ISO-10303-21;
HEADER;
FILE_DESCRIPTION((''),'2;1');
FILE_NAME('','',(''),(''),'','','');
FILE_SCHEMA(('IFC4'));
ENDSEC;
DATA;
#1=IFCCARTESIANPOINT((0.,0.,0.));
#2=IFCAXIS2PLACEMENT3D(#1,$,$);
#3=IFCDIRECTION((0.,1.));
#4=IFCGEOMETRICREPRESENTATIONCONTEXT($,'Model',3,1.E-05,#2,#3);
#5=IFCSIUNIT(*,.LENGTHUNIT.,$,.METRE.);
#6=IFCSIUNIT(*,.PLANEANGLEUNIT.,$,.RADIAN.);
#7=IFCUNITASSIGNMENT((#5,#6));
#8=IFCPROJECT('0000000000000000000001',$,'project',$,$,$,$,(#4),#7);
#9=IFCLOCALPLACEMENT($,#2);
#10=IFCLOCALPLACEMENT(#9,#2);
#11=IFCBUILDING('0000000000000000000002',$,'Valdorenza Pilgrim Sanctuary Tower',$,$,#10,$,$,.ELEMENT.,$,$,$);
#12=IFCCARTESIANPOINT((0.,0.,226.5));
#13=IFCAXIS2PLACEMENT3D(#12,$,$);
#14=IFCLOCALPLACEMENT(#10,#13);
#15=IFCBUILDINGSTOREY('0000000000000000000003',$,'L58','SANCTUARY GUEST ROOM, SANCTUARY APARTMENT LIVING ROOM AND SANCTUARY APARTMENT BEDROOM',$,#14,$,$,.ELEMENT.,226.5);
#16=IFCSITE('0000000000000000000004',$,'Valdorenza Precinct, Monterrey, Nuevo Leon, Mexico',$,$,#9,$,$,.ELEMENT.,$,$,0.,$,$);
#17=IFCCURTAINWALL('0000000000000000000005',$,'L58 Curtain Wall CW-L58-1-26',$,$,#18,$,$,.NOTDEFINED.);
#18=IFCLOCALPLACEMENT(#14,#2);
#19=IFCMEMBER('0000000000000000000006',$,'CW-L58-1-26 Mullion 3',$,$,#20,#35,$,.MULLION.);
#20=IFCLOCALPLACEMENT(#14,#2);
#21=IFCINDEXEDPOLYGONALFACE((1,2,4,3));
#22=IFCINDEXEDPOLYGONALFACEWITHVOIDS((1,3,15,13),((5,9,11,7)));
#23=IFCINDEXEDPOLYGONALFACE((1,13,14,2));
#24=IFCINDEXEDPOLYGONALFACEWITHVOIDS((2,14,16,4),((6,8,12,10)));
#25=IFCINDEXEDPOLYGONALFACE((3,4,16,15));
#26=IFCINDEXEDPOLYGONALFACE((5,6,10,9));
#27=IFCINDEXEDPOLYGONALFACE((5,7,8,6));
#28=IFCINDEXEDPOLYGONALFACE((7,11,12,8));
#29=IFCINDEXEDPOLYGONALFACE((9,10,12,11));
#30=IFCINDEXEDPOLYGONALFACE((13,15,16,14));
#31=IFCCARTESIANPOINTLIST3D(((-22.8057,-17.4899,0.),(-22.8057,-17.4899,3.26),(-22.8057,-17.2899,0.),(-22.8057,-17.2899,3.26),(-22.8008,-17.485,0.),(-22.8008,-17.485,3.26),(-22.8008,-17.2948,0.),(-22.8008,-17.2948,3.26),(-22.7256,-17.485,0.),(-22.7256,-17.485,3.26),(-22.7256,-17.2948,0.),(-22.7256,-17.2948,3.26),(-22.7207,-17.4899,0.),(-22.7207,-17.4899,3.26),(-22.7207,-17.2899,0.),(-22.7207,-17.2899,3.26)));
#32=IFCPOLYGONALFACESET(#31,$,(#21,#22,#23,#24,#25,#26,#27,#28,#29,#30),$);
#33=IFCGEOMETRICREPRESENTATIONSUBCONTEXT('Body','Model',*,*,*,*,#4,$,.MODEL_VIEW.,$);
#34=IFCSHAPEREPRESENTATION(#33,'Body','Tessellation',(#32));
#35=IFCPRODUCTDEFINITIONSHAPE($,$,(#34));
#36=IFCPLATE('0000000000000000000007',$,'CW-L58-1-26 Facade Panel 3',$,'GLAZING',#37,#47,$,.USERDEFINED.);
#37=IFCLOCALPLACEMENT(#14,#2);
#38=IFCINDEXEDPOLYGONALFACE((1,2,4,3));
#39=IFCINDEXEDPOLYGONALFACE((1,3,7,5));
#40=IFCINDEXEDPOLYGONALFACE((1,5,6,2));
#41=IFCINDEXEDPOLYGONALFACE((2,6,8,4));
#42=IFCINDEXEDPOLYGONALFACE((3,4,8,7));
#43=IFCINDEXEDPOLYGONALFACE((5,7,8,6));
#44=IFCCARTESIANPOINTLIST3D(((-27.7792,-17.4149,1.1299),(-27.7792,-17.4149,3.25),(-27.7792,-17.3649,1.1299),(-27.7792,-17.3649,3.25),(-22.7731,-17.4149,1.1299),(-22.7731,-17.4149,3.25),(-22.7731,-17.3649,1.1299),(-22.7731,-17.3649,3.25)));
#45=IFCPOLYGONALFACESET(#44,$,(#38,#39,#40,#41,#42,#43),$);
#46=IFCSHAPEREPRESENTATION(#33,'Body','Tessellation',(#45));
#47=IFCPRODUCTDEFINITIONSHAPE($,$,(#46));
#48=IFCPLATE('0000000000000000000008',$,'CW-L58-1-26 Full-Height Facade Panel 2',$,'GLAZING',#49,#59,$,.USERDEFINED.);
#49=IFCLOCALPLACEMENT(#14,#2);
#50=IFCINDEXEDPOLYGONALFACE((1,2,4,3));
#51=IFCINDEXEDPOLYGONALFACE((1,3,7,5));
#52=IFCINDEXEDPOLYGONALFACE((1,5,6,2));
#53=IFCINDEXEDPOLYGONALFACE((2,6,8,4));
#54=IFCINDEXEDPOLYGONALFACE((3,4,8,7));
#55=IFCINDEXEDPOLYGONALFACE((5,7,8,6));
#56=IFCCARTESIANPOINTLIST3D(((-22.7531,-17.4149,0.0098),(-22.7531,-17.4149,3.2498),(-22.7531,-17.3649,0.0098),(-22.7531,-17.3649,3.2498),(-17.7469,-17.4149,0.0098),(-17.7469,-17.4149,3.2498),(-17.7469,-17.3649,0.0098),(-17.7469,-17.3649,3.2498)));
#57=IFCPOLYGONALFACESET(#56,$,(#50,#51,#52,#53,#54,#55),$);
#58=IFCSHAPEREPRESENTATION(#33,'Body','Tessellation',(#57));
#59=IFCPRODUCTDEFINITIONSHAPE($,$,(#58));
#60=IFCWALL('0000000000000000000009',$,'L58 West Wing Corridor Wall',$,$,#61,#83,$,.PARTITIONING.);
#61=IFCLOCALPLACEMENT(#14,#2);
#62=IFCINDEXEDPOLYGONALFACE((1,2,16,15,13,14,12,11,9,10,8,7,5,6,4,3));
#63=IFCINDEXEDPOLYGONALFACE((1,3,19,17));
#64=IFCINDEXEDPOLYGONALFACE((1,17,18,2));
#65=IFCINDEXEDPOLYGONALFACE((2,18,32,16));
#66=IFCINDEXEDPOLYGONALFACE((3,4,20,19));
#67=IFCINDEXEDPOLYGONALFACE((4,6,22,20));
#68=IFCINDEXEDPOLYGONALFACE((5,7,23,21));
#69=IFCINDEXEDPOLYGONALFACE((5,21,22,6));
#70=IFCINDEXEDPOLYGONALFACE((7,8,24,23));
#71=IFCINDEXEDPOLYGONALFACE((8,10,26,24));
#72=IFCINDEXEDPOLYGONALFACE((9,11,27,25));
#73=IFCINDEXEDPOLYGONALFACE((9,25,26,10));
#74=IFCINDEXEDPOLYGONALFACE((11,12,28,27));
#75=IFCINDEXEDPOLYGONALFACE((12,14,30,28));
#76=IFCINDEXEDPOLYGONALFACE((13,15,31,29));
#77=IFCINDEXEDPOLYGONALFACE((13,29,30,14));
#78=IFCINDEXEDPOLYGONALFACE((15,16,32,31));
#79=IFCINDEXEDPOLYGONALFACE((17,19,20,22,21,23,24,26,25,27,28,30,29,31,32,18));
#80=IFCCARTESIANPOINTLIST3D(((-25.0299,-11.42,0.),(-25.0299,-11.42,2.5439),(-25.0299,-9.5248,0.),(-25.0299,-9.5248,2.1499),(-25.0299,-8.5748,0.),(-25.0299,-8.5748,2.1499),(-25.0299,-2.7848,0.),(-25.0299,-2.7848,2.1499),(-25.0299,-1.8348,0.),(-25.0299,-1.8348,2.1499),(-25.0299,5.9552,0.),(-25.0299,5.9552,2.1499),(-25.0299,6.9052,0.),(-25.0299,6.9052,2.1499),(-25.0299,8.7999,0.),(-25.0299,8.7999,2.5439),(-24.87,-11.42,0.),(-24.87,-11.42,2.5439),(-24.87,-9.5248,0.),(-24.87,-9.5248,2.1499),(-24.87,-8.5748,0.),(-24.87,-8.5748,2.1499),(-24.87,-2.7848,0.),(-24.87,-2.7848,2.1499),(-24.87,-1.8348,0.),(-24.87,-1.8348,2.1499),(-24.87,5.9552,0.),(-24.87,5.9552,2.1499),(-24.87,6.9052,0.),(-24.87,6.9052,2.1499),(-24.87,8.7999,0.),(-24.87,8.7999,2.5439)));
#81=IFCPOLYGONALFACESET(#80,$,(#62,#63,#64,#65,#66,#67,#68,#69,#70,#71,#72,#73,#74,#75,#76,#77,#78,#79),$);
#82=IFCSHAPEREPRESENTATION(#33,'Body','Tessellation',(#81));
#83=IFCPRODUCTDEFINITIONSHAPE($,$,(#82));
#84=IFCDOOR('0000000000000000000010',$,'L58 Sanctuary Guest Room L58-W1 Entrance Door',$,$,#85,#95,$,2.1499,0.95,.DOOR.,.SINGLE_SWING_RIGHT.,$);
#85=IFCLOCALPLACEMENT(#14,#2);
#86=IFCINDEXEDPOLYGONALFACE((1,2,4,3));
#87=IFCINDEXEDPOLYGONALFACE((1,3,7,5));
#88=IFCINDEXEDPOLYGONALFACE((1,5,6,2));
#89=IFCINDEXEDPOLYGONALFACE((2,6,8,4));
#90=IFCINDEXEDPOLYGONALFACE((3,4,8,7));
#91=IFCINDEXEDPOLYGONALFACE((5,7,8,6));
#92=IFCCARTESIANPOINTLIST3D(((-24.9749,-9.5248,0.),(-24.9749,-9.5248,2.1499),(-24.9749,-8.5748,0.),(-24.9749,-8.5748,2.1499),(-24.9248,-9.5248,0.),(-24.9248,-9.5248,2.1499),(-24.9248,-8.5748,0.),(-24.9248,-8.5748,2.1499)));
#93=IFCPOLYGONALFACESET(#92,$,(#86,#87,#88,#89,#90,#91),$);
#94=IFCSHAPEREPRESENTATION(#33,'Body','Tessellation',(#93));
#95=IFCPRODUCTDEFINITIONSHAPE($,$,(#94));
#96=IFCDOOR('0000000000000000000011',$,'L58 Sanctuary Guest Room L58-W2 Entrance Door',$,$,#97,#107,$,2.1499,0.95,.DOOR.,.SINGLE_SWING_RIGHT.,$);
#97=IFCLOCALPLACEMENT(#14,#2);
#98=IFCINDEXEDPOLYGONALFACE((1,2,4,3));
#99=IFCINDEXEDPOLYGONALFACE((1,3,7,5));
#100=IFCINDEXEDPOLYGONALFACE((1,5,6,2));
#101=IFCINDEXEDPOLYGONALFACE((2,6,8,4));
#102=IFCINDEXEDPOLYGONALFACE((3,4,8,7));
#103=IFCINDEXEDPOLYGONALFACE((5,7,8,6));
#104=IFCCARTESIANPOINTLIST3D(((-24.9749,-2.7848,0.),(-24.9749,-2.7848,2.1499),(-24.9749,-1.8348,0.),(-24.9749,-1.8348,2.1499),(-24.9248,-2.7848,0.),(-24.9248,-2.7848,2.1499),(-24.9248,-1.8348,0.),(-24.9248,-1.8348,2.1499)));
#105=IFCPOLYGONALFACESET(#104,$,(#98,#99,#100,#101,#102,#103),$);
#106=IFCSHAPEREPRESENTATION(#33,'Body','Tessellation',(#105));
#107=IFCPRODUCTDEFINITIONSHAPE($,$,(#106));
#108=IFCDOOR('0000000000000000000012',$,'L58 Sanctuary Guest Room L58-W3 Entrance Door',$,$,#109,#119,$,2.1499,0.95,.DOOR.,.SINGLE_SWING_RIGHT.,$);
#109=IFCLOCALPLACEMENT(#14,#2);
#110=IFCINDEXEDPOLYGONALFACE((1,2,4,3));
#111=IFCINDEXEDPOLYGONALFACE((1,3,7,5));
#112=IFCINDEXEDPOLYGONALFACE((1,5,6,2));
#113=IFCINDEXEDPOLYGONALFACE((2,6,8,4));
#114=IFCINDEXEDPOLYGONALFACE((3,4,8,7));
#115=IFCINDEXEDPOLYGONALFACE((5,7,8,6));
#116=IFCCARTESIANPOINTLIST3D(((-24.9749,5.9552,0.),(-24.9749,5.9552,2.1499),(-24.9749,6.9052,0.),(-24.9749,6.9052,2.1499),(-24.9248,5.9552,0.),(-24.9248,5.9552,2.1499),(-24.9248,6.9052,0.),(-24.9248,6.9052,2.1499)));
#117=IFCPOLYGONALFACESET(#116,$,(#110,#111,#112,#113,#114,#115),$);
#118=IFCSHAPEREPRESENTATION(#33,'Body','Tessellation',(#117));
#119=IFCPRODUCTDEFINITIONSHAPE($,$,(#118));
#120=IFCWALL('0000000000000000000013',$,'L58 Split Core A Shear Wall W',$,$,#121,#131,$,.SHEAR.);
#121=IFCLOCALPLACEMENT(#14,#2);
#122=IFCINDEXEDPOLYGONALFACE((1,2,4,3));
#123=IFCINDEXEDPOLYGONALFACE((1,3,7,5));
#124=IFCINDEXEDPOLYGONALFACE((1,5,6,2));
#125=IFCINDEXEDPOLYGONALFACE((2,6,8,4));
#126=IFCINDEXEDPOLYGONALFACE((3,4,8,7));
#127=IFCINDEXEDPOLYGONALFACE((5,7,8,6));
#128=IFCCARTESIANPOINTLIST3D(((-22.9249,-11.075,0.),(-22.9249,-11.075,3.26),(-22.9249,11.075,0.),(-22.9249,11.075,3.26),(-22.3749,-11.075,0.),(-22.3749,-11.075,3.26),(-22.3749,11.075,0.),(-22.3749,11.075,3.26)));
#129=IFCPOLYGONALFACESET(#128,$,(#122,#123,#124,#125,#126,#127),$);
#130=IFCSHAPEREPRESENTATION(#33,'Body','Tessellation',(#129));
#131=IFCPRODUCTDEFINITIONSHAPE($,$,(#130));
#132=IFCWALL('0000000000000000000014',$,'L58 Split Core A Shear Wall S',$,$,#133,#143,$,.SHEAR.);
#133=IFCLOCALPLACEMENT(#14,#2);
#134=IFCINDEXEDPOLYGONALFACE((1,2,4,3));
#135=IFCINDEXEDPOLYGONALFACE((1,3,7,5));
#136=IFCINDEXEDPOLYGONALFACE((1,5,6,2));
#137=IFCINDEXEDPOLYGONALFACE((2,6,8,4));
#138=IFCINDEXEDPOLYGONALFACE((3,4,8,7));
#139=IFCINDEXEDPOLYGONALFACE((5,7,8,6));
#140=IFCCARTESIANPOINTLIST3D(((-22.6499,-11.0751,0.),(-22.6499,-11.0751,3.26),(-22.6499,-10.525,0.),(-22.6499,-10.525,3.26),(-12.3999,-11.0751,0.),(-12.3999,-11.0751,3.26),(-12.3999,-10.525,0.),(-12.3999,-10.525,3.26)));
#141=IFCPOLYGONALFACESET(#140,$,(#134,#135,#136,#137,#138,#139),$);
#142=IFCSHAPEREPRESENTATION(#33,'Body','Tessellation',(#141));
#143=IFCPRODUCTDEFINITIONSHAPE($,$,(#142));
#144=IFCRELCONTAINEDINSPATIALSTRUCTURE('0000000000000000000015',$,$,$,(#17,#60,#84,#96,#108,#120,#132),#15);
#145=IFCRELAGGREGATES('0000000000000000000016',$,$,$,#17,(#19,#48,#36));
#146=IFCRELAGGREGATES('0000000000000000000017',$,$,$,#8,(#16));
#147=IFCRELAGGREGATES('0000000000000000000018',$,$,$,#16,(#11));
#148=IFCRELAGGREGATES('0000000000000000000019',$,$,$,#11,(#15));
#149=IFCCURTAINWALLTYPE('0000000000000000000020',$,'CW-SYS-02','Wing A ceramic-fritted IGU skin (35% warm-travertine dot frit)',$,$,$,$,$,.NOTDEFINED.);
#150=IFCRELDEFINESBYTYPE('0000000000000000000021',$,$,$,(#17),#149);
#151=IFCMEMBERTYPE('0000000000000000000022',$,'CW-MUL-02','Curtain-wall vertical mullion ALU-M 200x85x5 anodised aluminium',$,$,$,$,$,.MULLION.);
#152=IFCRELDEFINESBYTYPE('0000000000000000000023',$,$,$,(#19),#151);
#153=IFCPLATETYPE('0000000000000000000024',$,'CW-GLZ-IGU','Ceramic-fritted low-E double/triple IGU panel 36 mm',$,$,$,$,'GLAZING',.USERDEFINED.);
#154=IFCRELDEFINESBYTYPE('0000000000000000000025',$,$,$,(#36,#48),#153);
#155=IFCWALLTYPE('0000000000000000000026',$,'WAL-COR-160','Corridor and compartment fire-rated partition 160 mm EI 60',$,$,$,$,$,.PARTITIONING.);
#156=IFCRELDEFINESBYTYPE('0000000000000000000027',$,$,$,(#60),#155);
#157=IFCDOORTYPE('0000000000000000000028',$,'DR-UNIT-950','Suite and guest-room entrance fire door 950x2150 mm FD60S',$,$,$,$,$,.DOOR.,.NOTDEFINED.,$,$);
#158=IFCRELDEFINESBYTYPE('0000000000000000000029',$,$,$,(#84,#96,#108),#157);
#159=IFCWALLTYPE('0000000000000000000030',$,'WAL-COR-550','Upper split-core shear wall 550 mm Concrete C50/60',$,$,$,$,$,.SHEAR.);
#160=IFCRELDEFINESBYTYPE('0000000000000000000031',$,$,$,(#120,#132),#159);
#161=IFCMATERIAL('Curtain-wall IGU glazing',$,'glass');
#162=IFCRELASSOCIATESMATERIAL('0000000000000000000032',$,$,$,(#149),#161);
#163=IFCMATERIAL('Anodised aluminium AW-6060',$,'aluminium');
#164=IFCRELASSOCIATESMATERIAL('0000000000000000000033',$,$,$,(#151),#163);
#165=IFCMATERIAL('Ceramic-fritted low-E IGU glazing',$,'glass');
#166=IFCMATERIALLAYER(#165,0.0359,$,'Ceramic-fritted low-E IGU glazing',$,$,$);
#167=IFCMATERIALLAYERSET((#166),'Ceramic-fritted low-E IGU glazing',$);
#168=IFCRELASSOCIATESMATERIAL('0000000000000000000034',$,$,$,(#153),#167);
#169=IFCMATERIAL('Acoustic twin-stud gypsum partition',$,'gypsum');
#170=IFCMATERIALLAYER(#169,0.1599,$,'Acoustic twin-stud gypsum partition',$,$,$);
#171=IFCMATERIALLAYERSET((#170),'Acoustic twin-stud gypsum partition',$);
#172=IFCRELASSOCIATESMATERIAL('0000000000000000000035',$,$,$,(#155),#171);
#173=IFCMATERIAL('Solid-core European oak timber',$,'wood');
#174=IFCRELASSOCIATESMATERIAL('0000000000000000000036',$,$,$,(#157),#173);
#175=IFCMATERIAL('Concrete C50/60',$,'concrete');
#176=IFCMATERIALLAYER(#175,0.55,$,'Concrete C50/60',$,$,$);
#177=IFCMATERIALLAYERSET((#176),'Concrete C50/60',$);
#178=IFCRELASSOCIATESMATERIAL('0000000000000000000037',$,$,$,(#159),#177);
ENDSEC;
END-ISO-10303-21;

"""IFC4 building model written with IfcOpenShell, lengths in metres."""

from ifc_helpers import new_model, si_unit, direction, frame, frame_2d, origin, origin_2d, place, context, subcontext, project, spatial, rectangle, hollow_rectangle, extrude, source, transform, mapped, material, layer, layer_set, material_profile, profile_set, type_object, element, fill, aggregate, save


model = new_model("IFC4")

# Units and contexts
model_context = context("Model", 3, precision=1e-05, world=origin(), true_north=direction((0.0, 1.0)))
body_context = subcontext(model_context, "Body", "Model", "MODEL_VIEW")
ifc_project = project(units=[si_unit("LENGTHUNIT", "METRE"), si_unit("PLANEANGLEUNIT", "RADIAN")], contexts=[model_context])

# Site, building, storey
site_placement = place(None, origin())
site = spatial("IfcSite", under=ifc_project, at=site_placement, Name="Valdorenza Precinct, Monterrey, Nuevo Leon, Mexico", CompositionType="ELEMENT", RefElevation=0.0)
building_placement = place(site_placement, origin())
building = spatial("IfcBuilding", under=site, at=building_placement, Name="Valdorenza Pilgrim Sanctuary Tower", CompositionType="ELEMENT")
storey_placement = place(building_placement, frame((0.0, 0.0, 226.5)))
storey = spatial("IfcBuildingStorey", under=building, at=storey_placement, Name="L58", Description="SANCTUARY GUEST ROOM, SANCTUARY APARTMENT LIVING ROOM AND SANCTUARY APARTMENT BEDROOM", CompositionType="ELEMENT", Elevation=226.5)

# Shared definitions
ifc_material_1 = material(Name="Concrete C50/60", Category="concrete")

# Curtain wall, member, plates
ifc_material_2 = material(Name="Curtain-wall IGU glazing", Category="glass")
curtain_wall_type = type_object("IfcCurtainWallType", Name="CW-SYS-02", Description="Wing A ceramic-fritted IGU skin (35% warm-travertine dot frit)", PredefinedType="NOTDEFINED", material=ifc_material_2)
curtain_wall_placement = place(storey_placement, origin())
curtain_wall = element("IfcCurtainWall", 1, at=curtain_wall_placement, inside=storey, type_object=curtain_wall_type, Name="L58 Curtain Wall CW-L58-1-26", PredefinedType="NOTDEFINED")
ifc_material_3 = material(Name="Anodised aluminium AW-6060", Category="aluminium")
ifc_material_profile_1 = material_profile(ifc_material_3, hollow_rectangle(XDim=0.085, YDim=0.2, WallThickness=0.0049, at=origin_2d()), Name="ALU-M 200x85x5")
ifc_profile_set_1 = profile_set([ifc_material_profile_1], Name="Anodised aluminium AW-6060")
member_type = type_object("IfcMemberType", Name="CW-MUL-02", Description="Curtain-wall vertical mullion ALU-M 200x85x5 anodised aluminium", PredefinedType="MULLION", material=ifc_profile_set_1)
shared_shape_1 = source(origin(), body_context, "Body", "SweptSolid", [
    extrude(hollow_rectangle(XDim=0.085, YDim=0.2, WallThickness=0.0049, at=origin_2d()), origin(), (0.0, 0.0, 1.0), 3.26),
])
member_placement = place(storey_placement, frame((-22.7632, -17.3899, 0.0), z_axis=(0.0, 0.0, 1.0), x_axis=(-1.0, 0.0, 0.0)))
member = element("IfcMember", 2, at=member_placement, type_object=member_type, Name="CW-L58-1-26 Mullion 3", PredefinedType="MULLION", context=body_context, shape_type="MappedRepresentation", body=[
    mapped(shared_shape_1, transform((0.0, 0.0, 0.0), x_axis=(1.0, 0.0, 0.0), y_axis=(0.0, 1.0, 0.0), z_axis=(0.0, 0.0, 1.0), scale=1.0)),
])
ifc_material_4 = material(Name="Ceramic-fritted low-E IGU glazing", Category="glass")
ifc_layer_1 = layer(ifc_material_4, 0.0359, Name="Ceramic-fritted low-E IGU glazing")
ifc_layer_set_1 = layer_set([ifc_layer_1], Name="Ceramic-fritted low-E IGU glazing")
plate_type = type_object("IfcPlateType", Name="CW-GLZ-IGU", Description="Ceramic-fritted low-E double/triple IGU panel 36 mm", ElementType="GLAZING", PredefinedType="USERDEFINED", material=ifc_layer_set_1)
shared_shape_2 = source(origin(), body_context, "Body", "SweptSolid", [
    extrude(rectangle(XDim=5.0061, YDim=0.05, at=origin_2d()), origin(), (0.0, 0.0, 1.0), 2.1201),
])
plate_1_placement = place(storey_placement, frame((-25.2761, -17.3899, 1.1299), z_axis=(0.0, 0.0, 1.0), x_axis=(-1.0, 0.0, 0.0)))
plate_1 = element("IfcPlate", 3, at=plate_1_placement, type_object=plate_type, Name="CW-L58-1-26 Facade Panel 3", ObjectType="GLAZING", PredefinedType="USERDEFINED", context=body_context, shape_type="MappedRepresentation", body=[
    mapped(shared_shape_2, transform((0.0, 0.0, 0.0), x_axis=(1.0, 0.0, 0.0), y_axis=(0.0, 1.0, 0.0), z_axis=(0.0, 0.0, 1.0), scale=1.0)),
])
shared_shape_3 = source(origin(), body_context, "Body", "SweptSolid", [
    extrude(rectangle(XDim=5.0061, YDim=0.05, at=origin_2d()), origin(), (0.0, 0.0, 1.0), 3.24),
])
plate_2_placement = place(storey_placement, frame((-20.25, -17.3899, 0.0098), z_axis=(0.0, 0.0, 1.0), x_axis=(-1.0, 0.0, 0.0)))
plate_2 = element("IfcPlate", 4, at=plate_2_placement, type_object=plate_type, Name="CW-L58-1-26 Full-Height Facade Panel 2", ObjectType="GLAZING", PredefinedType="USERDEFINED", context=body_context, shape_type="MappedRepresentation", body=[
    mapped(shared_shape_3, transform((0.0, 0.0, 0.0), x_axis=(1.0, 0.0, 0.0), y_axis=(0.0, 1.0, 0.0), z_axis=(0.0, 0.0, 1.0), scale=1.0)),
])
aggregate(curtain_wall, [member, plate_2, plate_1])

# Wall, openings, doors
ifc_material_5 = material(Name="Acoustic twin-stud gypsum partition", Category="gypsum")
ifc_layer_2 = layer(ifc_material_5, 0.1599, Name="Acoustic twin-stud gypsum partition")
ifc_layer_set_2 = layer_set([ifc_layer_2], Name="Acoustic twin-stud gypsum partition")
wall_type_1 = type_object("IfcWallType", Name="WAL-COR-160", Description="Corridor and compartment fire-rated partition 160 mm EI 60", PredefinedType="PARTITIONING", material=ifc_layer_set_2)
wall_1_placement = place(storey_placement, frame((-24.95, -11.4199, 0.0), z_axis=(0.0, 0.0, 1.0), x_axis=(0.0, 1.0, 0.0)))
wall_1 = element("IfcWall", 5, at=wall_1_placement, inside=storey, type_object=wall_type_1, Name="L58 West Wing Corridor Wall", PredefinedType="PARTITIONING", context=body_context, shape_type="SweptSolid", body=[
    extrude(rectangle(XDim=20.22, YDim=0.1599, at=frame_2d((10.1099, 0.0))), origin(), (0.0, 0.0, 1.0), 2.5439),
])
opening_1_placement = place(wall_1_placement, frame((1.895, 0.0, 0.0)))
opening_1 = element("IfcOpeningElement", 6, at=opening_1_placement, cuts=wall_1, PredefinedType="OPENING", context=body_context, shape_type="SweptSolid", body=[
    extrude(rectangle(XDim=0.95, YDim=2.1499, at=frame_2d((0.4751, 1.075))), frame((0.0, 0.0947, 0.0), z_axis=(0.0, -1.0, 0.0), x_axis=(1.0, 0.0, 0.0)), (0.0, 0.0, 1.0), 0.1897),
])
opening_2_placement = place(wall_1_placement, frame((8.635, 0.0, 0.0)))
opening_2 = element("IfcOpeningElement", 7, at=opening_2_placement, cuts=wall_1, PredefinedType="OPENING", context=body_context, shape_type="SweptSolid", body=[
    extrude(rectangle(XDim=0.95, YDim=2.1499, at=frame_2d((0.4751, 1.075))), frame((0.0, 0.0947, 0.0), z_axis=(0.0, -1.0, 0.0), x_axis=(1.0, 0.0, 0.0)), (0.0, 0.0, 1.0), 0.1897),
])
opening_3_placement = place(wall_1_placement, frame((17.375, 0.0, 0.0)))
opening_3 = element("IfcOpeningElement", 8, at=opening_3_placement, cuts=wall_1, PredefinedType="OPENING", context=body_context, shape_type="SweptSolid", body=[
    extrude(rectangle(XDim=0.95, YDim=2.1499, at=frame_2d((0.4751, 1.075))), frame((0.0, 0.0947, 0.0), z_axis=(0.0, -1.0, 0.0), x_axis=(1.0, 0.0, 0.0)), (0.0, 0.0, 1.0), 0.1897),
])
ifc_material_6 = material(Name="Solid-core European oak timber", Category="wood")
door_type_1 = type_object("IfcDoorType", Name="DR-UNIT-950", Description="Suite and guest-room entrance fire door 950x2150 mm FD60S", OperationType="NOTDEFINED", PredefinedType="DOOR", material=ifc_material_6)
door_1_placement = place(opening_1_placement, origin())
door_1 = element("IfcDoor", 9, at=door_1_placement, inside=storey, type_object=door_type_1, Name="L58 Sanctuary Guest Room L58-W1 Entrance Door", OperationType="SINGLE_SWING_RIGHT", OverallHeight=2.1499, OverallWidth=0.95, PredefinedType="DOOR", context=body_context, shape_type="SweptSolid", body=[
    extrude(rectangle(XDim=0.95, YDim=2.1499, at=frame_2d((0.4751, 1.075))), frame((0.0, 0.0249, 0.0), z_axis=(0.0, -1.0, 0.0), x_axis=(1.0, 0.0, 0.0)), (0.0, 0.0, 1.0), 0.05),
])
fill(opening_1, door_1)
door_2_placement = place(opening_2_placement, origin())
door_2 = element("IfcDoor", 10, at=door_2_placement, inside=storey, type_object=door_type_1, Name="L58 Sanctuary Guest Room L58-W2 Entrance Door", OperationType="SINGLE_SWING_RIGHT", OverallHeight=2.1499, OverallWidth=0.95, PredefinedType="DOOR", context=body_context, shape_type="SweptSolid", body=[
    extrude(rectangle(XDim=0.95, YDim=2.1499, at=frame_2d((0.4751, 1.075))), frame((0.0, 0.0249, 0.0), z_axis=(0.0, -1.0, 0.0), x_axis=(1.0, 0.0, 0.0)), (0.0, 0.0, 1.0), 0.05),
])
fill(opening_2, door_2)
door_3_placement = place(opening_3_placement, origin())
door_3 = element("IfcDoor", 11, at=door_3_placement, inside=storey, type_object=door_type_1, Name="L58 Sanctuary Guest Room L58-W3 Entrance Door", OperationType="SINGLE_SWING_RIGHT", OverallHeight=2.1499, OverallWidth=0.95, PredefinedType="DOOR", context=body_context, shape_type="SweptSolid", body=[
    extrude(rectangle(XDim=0.95, YDim=2.1499, at=frame_2d((0.4751, 1.075))), frame((0.0, 0.0249, 0.0), z_axis=(0.0, -1.0, 0.0), x_axis=(1.0, 0.0, 0.0)), (0.0, 0.0, 1.0), 0.05),
])
fill(opening_3, door_3)

# Walls
ifc_layer_3 = layer(ifc_material_1, 0.55, Name="Concrete C50/60")
ifc_layer_set_3 = layer_set([ifc_layer_3], Name="Concrete C50/60")
wall_type_2 = type_object("IfcWallType", Name="WAL-COR-550", Description="Upper split-core shear wall 550 mm Concrete C50/60", PredefinedType="SHEAR", material=ifc_layer_set_3)
wall_2_placement = place(storey_placement, frame((-22.6499, -11.075, 0.0), z_axis=(0.0, 0.0, 1.0), x_axis=(0.0, 1.0, 0.0)))
element("IfcWall", 12, at=wall_2_placement, inside=storey, type_object=wall_type_2, Name="L58 Split Core A Shear Wall W", PredefinedType="SHEAR", context=body_context, shape_type="SweptSolid", body=[
    extrude(rectangle(XDim=22.1499, YDim=0.55, at=frame_2d((11.075, 0.0))), origin(), (0.0, 0.0, 1.0), 3.26),
])
wall_3_placement = place(storey_placement, frame((-22.6499, -10.8, 0.0), z_axis=(0.0, 0.0, 1.0), x_axis=(1.0, 0.0, 0.0)))
element("IfcWall", 13, at=wall_3_placement, inside=storey, type_object=wall_type_2, Name="L58 Split Core A Shear Wall S", PredefinedType="SHEAR", context=body_context, shape_type="SweptSolid", body=[
    extrude(rectangle(XDim=10.25, YDim=0.55, at=frame_2d((5.125, 0.0))), origin(), (0.0, 0.0, 1.0), 3.26),
])

save(model, "model.ifc")
